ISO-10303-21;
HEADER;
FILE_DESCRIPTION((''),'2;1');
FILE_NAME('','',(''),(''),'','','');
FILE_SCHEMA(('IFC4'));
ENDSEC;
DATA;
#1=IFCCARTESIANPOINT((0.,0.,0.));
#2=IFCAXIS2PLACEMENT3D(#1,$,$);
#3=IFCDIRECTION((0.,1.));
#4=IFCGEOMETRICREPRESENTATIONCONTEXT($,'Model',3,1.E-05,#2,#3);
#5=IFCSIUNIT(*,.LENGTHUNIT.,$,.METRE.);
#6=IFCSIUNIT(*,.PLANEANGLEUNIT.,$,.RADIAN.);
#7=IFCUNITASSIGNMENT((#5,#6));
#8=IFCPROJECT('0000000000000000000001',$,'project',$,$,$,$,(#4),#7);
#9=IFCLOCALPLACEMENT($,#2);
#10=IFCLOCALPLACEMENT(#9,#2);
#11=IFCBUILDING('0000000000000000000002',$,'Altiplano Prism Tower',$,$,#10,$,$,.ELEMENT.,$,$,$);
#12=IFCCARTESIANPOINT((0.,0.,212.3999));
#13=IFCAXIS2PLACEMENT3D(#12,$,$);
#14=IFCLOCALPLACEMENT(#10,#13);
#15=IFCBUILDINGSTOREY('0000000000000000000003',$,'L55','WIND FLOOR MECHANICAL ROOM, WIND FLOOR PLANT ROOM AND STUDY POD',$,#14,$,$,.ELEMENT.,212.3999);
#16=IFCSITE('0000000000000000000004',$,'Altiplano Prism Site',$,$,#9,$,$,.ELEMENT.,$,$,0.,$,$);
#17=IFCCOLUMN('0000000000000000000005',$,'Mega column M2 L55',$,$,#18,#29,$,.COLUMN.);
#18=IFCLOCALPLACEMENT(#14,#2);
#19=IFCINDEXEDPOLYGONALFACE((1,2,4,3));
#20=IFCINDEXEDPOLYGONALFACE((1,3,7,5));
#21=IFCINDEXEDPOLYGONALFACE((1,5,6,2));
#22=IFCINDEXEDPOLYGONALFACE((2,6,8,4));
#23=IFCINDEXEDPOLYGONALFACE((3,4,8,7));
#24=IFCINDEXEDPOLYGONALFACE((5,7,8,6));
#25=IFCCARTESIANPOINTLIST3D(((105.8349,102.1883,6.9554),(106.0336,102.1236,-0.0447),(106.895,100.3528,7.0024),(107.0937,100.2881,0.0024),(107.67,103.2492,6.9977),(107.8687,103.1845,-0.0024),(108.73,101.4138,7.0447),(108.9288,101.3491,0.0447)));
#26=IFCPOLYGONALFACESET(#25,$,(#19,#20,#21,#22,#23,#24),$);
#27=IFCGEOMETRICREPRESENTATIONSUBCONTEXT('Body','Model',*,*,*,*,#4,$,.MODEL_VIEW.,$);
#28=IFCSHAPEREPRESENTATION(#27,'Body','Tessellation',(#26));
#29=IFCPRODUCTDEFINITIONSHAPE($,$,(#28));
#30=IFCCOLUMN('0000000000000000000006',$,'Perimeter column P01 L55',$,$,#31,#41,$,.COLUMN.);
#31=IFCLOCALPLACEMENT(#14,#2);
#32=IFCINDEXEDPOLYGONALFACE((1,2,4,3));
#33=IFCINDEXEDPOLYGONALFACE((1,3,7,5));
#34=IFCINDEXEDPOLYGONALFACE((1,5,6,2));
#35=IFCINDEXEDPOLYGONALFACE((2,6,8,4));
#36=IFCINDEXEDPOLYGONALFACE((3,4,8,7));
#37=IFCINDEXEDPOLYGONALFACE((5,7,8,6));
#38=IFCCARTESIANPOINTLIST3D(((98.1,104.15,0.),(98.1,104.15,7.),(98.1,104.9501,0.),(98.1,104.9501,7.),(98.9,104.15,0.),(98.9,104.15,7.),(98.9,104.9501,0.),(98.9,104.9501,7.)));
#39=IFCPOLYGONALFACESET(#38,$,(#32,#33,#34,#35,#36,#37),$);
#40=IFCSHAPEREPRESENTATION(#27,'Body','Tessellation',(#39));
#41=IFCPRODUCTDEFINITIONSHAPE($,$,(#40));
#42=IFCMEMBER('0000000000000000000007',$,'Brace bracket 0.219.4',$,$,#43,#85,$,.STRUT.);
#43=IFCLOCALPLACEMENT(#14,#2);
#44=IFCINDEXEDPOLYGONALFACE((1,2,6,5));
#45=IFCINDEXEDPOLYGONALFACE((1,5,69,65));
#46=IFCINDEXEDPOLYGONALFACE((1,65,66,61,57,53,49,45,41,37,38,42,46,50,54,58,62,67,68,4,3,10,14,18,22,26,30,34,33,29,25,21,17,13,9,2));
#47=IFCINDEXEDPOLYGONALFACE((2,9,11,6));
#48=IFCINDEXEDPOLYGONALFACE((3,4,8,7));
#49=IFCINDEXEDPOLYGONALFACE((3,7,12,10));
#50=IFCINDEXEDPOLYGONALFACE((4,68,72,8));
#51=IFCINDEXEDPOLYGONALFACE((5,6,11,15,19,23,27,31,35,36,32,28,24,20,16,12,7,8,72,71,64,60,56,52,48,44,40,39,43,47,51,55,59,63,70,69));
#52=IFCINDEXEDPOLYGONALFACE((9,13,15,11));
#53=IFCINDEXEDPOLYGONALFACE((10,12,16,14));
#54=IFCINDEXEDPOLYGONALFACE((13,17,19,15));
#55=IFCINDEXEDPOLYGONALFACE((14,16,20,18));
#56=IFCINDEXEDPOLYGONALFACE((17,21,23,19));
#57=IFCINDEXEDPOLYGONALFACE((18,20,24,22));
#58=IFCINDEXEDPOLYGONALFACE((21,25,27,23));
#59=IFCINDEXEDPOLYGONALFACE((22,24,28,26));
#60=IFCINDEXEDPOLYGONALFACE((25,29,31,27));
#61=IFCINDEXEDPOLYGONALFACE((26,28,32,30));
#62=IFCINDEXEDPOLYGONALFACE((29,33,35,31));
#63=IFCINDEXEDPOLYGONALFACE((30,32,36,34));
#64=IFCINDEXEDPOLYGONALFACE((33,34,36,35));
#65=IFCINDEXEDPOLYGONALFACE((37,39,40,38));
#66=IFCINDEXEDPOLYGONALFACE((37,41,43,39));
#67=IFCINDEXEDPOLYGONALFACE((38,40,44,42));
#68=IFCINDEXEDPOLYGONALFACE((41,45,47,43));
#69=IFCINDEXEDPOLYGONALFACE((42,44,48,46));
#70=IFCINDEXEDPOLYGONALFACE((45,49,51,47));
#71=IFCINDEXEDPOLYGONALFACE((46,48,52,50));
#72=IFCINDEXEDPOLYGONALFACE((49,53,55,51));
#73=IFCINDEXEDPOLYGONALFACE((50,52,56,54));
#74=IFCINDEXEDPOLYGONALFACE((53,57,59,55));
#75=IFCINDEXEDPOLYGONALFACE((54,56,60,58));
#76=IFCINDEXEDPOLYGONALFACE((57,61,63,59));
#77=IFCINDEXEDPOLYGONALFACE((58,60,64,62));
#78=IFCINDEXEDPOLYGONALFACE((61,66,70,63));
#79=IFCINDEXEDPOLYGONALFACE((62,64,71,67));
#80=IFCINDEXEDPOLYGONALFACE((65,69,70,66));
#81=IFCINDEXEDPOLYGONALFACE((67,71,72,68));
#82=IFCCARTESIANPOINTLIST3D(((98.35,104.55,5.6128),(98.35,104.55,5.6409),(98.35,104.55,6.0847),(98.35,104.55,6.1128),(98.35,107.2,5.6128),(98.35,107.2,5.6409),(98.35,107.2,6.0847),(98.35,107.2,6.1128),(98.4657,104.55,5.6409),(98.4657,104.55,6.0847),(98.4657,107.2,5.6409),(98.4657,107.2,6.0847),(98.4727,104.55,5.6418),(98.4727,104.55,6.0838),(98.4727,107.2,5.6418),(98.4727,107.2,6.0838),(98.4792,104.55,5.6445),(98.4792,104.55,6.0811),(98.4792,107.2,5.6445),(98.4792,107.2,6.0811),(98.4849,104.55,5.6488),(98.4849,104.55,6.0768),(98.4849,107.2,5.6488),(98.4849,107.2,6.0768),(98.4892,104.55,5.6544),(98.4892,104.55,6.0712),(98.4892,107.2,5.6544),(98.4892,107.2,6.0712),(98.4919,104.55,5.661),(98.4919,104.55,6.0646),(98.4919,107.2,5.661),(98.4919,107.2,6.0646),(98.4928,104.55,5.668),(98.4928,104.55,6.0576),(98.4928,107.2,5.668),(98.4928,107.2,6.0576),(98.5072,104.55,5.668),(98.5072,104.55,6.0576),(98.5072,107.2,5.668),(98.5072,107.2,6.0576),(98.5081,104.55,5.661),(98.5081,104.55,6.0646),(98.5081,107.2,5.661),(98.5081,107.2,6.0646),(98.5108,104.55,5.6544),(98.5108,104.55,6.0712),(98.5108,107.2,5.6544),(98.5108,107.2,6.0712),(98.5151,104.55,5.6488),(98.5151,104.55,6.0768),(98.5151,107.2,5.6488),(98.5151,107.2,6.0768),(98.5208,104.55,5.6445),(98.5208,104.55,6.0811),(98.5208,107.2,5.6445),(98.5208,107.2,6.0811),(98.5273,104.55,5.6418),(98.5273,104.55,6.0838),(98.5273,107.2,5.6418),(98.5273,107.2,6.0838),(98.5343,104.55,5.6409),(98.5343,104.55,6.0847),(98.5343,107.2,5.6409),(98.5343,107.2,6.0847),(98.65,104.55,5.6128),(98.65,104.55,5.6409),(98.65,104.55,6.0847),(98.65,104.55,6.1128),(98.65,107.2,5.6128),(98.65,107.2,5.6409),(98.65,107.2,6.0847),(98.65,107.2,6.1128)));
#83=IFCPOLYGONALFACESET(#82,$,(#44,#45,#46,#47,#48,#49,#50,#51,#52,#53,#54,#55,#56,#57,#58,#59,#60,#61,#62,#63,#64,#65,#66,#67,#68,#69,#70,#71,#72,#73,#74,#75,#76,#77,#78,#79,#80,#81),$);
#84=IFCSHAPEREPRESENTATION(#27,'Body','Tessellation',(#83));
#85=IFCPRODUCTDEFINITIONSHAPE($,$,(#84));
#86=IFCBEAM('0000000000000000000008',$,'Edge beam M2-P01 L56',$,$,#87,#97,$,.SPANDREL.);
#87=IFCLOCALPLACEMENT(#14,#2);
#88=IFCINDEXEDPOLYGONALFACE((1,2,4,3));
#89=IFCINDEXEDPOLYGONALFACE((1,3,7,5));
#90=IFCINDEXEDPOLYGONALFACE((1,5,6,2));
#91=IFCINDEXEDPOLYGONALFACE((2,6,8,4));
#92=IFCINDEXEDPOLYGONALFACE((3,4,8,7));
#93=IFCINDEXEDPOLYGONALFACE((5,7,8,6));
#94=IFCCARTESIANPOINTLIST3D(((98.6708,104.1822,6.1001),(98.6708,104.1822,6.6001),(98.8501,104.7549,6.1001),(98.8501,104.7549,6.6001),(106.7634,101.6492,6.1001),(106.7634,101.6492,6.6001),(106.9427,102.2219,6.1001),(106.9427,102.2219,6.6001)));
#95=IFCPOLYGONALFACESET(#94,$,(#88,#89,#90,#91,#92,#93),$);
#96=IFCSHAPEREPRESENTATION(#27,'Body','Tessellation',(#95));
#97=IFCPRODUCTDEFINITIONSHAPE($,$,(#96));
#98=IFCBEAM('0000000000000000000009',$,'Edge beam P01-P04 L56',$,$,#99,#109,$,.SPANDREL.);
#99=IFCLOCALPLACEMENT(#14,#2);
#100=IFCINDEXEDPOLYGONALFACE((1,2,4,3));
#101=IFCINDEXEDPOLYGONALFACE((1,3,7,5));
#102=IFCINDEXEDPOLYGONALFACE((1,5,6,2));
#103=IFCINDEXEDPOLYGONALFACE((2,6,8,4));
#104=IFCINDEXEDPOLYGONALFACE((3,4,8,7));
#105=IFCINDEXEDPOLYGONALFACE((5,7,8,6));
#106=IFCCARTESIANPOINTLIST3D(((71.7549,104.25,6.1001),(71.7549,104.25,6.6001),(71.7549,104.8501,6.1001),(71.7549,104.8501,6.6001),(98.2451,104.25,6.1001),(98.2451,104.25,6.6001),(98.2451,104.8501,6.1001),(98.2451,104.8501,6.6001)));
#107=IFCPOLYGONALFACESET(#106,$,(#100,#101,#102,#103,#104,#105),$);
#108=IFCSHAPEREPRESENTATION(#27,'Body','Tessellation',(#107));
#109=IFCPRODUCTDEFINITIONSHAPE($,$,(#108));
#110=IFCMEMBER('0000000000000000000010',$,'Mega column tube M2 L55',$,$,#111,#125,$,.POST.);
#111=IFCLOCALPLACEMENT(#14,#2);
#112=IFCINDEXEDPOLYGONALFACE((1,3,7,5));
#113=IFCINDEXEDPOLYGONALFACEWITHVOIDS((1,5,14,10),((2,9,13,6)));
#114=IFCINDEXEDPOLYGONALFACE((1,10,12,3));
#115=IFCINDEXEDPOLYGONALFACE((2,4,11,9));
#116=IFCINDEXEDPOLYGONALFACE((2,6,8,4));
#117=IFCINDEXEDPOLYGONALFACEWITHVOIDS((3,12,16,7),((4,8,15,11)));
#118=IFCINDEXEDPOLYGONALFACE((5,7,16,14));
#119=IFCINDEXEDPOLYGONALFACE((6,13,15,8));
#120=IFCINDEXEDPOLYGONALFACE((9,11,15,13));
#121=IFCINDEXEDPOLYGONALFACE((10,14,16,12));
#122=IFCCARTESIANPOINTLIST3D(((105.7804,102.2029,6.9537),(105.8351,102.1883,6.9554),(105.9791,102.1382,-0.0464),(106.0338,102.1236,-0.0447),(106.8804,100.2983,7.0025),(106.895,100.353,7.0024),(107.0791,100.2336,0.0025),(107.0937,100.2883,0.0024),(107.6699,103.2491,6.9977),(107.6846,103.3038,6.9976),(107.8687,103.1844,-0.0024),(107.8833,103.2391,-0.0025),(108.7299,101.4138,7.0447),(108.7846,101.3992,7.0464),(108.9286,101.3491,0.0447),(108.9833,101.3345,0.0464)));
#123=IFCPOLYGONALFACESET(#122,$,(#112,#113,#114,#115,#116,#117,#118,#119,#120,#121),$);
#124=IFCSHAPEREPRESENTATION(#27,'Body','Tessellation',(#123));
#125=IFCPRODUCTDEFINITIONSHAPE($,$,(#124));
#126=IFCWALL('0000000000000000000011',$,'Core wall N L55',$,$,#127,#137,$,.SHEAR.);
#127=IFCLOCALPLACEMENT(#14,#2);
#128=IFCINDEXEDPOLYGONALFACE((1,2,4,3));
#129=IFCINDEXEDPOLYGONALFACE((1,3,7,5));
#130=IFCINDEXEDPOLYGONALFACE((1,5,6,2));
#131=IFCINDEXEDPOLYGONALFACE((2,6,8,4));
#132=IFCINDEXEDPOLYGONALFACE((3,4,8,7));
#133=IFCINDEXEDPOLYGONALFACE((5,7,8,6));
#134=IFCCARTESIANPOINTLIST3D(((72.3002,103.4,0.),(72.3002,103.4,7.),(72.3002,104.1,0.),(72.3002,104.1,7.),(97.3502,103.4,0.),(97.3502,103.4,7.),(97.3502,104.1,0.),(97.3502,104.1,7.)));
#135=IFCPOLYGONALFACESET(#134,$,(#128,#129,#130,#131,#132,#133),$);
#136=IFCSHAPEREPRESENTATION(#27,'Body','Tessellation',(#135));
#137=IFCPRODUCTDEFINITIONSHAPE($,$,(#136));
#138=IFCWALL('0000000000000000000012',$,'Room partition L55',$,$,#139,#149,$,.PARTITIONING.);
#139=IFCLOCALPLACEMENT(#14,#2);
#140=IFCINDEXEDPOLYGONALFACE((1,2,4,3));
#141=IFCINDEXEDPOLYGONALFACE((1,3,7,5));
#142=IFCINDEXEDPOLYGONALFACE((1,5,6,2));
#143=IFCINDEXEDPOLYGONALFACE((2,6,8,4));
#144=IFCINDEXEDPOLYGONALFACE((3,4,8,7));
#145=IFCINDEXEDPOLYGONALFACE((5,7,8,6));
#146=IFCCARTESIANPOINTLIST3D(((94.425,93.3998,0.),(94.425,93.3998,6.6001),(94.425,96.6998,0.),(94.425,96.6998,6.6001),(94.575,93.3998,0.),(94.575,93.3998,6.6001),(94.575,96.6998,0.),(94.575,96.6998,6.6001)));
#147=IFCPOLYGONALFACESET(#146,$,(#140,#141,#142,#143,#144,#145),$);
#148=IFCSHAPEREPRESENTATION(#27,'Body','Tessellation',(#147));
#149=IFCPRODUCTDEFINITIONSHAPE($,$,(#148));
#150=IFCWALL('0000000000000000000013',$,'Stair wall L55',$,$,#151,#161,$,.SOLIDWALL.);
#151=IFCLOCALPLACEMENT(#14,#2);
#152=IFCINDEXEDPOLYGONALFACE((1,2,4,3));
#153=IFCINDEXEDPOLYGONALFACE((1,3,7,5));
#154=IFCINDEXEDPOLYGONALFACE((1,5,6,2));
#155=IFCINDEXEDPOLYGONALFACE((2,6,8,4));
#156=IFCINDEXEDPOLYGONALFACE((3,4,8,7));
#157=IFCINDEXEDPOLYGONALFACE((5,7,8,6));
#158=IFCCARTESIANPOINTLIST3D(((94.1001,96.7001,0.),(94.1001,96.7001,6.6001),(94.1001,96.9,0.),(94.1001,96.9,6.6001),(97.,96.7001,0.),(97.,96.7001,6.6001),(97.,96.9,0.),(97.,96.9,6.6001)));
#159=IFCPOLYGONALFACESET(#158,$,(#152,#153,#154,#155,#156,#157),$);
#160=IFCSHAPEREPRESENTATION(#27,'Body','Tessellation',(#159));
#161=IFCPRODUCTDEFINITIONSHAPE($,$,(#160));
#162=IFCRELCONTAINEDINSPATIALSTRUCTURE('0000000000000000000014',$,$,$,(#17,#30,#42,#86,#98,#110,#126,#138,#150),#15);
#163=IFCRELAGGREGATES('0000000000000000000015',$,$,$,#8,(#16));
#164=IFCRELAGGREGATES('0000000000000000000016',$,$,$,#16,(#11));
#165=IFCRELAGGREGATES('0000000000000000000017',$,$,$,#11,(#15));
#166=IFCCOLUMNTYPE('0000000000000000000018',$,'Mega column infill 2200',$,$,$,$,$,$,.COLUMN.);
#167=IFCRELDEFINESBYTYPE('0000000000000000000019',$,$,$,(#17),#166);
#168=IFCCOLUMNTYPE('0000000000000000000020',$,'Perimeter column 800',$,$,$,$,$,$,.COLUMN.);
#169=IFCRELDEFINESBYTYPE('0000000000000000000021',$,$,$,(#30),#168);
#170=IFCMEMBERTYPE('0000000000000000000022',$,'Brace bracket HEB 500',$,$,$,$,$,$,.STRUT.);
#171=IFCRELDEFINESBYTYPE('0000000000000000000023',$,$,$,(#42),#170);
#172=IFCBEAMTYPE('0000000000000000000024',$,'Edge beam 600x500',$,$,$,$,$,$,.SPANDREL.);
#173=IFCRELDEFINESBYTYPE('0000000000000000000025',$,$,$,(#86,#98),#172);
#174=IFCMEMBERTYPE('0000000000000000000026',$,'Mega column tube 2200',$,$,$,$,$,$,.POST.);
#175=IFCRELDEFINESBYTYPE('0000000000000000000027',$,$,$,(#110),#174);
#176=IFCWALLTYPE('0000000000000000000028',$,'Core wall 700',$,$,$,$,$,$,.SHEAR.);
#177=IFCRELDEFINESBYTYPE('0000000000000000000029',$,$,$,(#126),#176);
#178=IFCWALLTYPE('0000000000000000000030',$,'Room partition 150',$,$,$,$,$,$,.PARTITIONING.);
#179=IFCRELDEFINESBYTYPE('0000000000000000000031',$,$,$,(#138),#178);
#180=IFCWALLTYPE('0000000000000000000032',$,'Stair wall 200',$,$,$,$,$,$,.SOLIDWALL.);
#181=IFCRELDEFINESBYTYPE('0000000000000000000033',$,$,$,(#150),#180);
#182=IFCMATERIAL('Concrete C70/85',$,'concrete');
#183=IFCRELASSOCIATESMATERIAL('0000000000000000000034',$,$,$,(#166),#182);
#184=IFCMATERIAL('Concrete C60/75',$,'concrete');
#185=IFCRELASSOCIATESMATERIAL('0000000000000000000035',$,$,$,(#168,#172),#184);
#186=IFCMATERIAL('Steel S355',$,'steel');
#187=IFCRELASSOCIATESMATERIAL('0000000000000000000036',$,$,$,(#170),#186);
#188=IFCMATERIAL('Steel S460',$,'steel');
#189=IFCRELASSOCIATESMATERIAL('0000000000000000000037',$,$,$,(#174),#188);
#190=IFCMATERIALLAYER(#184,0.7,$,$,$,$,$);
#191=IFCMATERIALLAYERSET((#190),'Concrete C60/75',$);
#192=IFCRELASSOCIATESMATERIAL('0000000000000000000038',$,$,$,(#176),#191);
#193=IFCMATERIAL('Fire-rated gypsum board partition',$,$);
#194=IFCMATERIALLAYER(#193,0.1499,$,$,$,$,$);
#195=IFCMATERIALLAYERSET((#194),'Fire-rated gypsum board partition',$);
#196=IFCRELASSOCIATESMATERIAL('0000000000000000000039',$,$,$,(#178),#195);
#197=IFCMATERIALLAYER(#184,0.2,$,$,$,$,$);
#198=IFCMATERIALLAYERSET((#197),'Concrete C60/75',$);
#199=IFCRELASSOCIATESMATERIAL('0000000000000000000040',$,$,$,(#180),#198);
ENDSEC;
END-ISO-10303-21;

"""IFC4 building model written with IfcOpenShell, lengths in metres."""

from ifc_helpers import new_model, si_unit, direction, frame, frame_2d, origin, origin_2d, place, context, subcontext, project, spatial, rectangle, hollow_rectangle, i_section, extrude, material, layer, layer_set, material_profile, profile_set, type_object, element, save


model = new_model("IFC4")

# Units and contexts
model_context = context("Model", 3, precision=1e-05, world=origin(), true_north=direction((0.0, 1.0)))
body_context = subcontext(model_context, "Body", "Model", "MODEL_VIEW")
ifc_project = project(units=[si_unit("LENGTHUNIT", "METRE"), si_unit("PLANEANGLEUNIT", "RADIAN")], contexts=[model_context])

# Site, building, storey
site_placement = place(None, origin())
site = spatial("IfcSite", under=ifc_project, at=site_placement, Name="Altiplano Prism Site", CompositionType="ELEMENT", RefElevation=0.0)
building_placement = place(site_placement, origin())
building = spatial("IfcBuilding", under=site, at=building_placement, Name="Altiplano Prism Tower", CompositionType="ELEMENT")
storey_placement = place(building_placement, frame((0.0, 0.0, 212.3999)))
storey = spatial("IfcBuildingStorey", under=building, at=storey_placement, Name="L55", Description="WIND FLOOR MECHANICAL ROOM, WIND FLOOR PLANT ROOM AND STUDY POD", CompositionType="ELEMENT", Elevation=212.3999)

# Columns
ifc_material_1 = material(Name="Concrete C70/85", Category="concrete")
ifc_material_profile_1 = material_profile(ifc_material_1, rectangle(XDim=2.1201, YDim=2.1201, at=origin_2d()), Name="Mega column infill 2200")
ifc_profile_set_1 = profile_set([ifc_material_profile_1], Name="Concrete C70/85")
column_type_1 = type_object("IfcColumnType", Name="Mega column infill 2200", PredefinedType="COLUMN", material=ifc_profile_set_1)
column_1_placement = place(storey_placement, frame((107.4812, 101.7363, 0.0), z_axis=(-0.028377, 0.009238, 0.999555), x_axis=(0.500001, -0.86574, 0.022197)))
element("IfcColumn", 1, at=column_1_placement, inside=storey, type_object=column_type_1, Name="Mega column M2 L55", PredefinedType="COLUMN", context=body_context, shape_type="SweptSolid", body=[
    extrude(rectangle(XDim=2.1201, YDim=2.1201, at=origin_2d()), origin(), (0.0, 0.0, 1.0), 7.0032),
])
ifc_material_2 = material(Name="Concrete C60/75", Category="concrete")
ifc_material_profile_2 = material_profile(ifc_material_2, rectangle(XDim=0.8, YDim=0.8, at=origin_2d()), Name="Perimeter column 800")
ifc_profile_set_2 = profile_set([ifc_material_profile_2], Name="Concrete C60/75")
column_type_2 = type_object("IfcColumnType", Name="Perimeter column 800", PredefinedType="COLUMN", material=ifc_profile_set_2)
column_2_placement = place(storey_placement, frame((98.5, 104.55, 0.0), z_axis=(0.0, 0.0, 1.0), x_axis=(1.0, 0.0, 0.0)))
element("IfcColumn", 2, at=column_2_placement, inside=storey, type_object=column_type_2, Name="Perimeter column P01 L55", PredefinedType="COLUMN", context=body_context, shape_type="SweptSolid", body=[
    extrude(rectangle(XDim=0.8, YDim=0.8, at=origin_2d()), origin(), (0.0, 0.0, 1.0), 7.0),
])

# Member
ifc_material_3 = material(Name="Steel S355", Category="steel")
ifc_material_profile_3 = material_profile(ifc_material_3, i_section(OverallWidth=0.3, OverallDepth=0.5, WebThickness=0.0144, FlangeThickness=0.0281, FilletRadius=0.0271, at=origin_2d()), Name="Brace bracket HEB 500")
ifc_profile_set_3 = profile_set([ifc_material_profile_3], Name="Steel S355")
member_type_1 = type_object("IfcMemberType", Name="Brace bracket HEB 500", PredefinedType="STRUT", material=ifc_profile_set_3)
member_1_placement = place(storey_placement, frame((98.5, 104.55, 5.8628), z_axis=(0.0, 1.0, 0.0), x_axis=(-1.0, 0.0, 0.0)))
element("IfcMember", 3, at=member_1_placement, inside=storey, type_object=member_type_1, Name="Brace bracket 0.219.4", PredefinedType="STRUT", context=body_context, shape_type="SweptSolid", body=[
    extrude(i_section(OverallWidth=0.3, OverallDepth=0.5, WebThickness=0.0144, FlangeThickness=0.0281, FilletRadius=0.0271, at=origin_2d()), origin(), (0.0, 0.0, 1.0), 2.6499),
])

# Beams
ifc_material_profile_4 = material_profile(ifc_material_2, rectangle(XDim=0.6001, YDim=0.5, at=origin_2d()), Name="Edge beam 600x500")
ifc_profile_set_4 = profile_set([ifc_material_profile_4], Name="Concrete C60/75")
beam_type = type_object("IfcBeamType", Name="Edge beam 600x500", PredefinedType="SPANDREL", material=ifc_profile_set_4)
beam_1_placement = place(storey_placement, frame((106.853, 101.9355, 6.3501), z_axis=(-0.954344, 0.298709, 0.0), x_axis=(-0.298709, -0.954344, 0.0)))
element("IfcBeam", 4, at=beam_1_placement, inside=storey, type_object=beam_type, Name="Edge beam M2-P01 L56", PredefinedType="SPANDREL", context=body_context, shape_type="SweptSolid", body=[
    extrude(rectangle(XDim=0.6001, YDim=0.5, at=origin_2d()), origin(), (0.0, 0.0, 1.0), 8.4797),
])
beam_2_placement = place(storey_placement, frame((98.2451, 104.55, 6.3501), z_axis=(-1.0, 0.0, 0.0), x_axis=(0.0, -1.0, 0.0)))
element("IfcBeam", 5, at=beam_2_placement, inside=storey, type_object=beam_type, Name="Edge beam P01-P04 L56", PredefinedType="SPANDREL", context=body_context, shape_type="SweptSolid", body=[
    extrude(rectangle(XDim=0.6001, YDim=0.5, at=origin_2d()), origin(), (0.0, 0.0, 1.0), 26.4902),
])

# Member
ifc_material_4 = material(Name="Steel S460", Category="steel")
ifc_material_profile_5 = material_profile(ifc_material_4, hollow_rectangle(XDim=2.2, YDim=2.2, WallThickness=0.04, at=origin_2d()), Name="Mega column tube 2200")
ifc_profile_set_5 = profile_set([ifc_material_profile_5], Name="Steel S460")
member_type_2 = type_object("IfcMemberType", Name="Mega column tube 2200", PredefinedType="POST", material=ifc_profile_set_5)
member_2_placement = place(storey_placement, frame((107.4812, 101.7363, 0.0), z_axis=(-0.028377, 0.009238, 0.999555), x_axis=(0.500001, -0.86574, 0.022197)))
element("IfcMember", 6, at=member_2_placement, inside=storey, type_object=member_type_2, Name="Mega column tube M2 L55", PredefinedType="POST", context=body_context, shape_type="SweptSolid", body=[
    extrude(hollow_rectangle(XDim=2.2, YDim=2.2, WallThickness=0.04, at=origin_2d()), origin(), (0.0, 0.0, 1.0), 7.0032),
])

# Walls
ifc_layer_1 = layer(ifc_material_2, 0.7)
ifc_layer_set_1 = layer_set([ifc_layer_1], Name="Concrete C60/75")
wall_type_1 = type_object("IfcWallType", Name="Core wall 700", PredefinedType="SHEAR", material=ifc_layer_set_1)
wall_1_placement = place(storey_placement, frame((97.3501, 103.75, 0.0), z_axis=(0.0, 0.0, 1.0), x_axis=(-1.0, 0.0, 0.0)))
element("IfcWall", 7, at=wall_1_placement, inside=storey, type_object=wall_type_1, Name="Core wall N L55", PredefinedType="SHEAR", context=body_context, shape_type="SweptSolid", body=[
    extrude(rectangle(XDim=25.05, YDim=0.7, at=frame_2d((12.5249, 0.0))), origin(), (0.0, 0.0, 1.0), 7.0),
])
ifc_material_5 = material(Name="Fire-rated gypsum board partition")
ifc_layer_2 = layer(ifc_material_5, 0.1499)
ifc_layer_set_2 = layer_set([ifc_layer_2], Name="Fire-rated gypsum board partition")
wall_type_2 = type_object("IfcWallType", Name="Room partition 150", PredefinedType="PARTITIONING", material=ifc_layer_set_2)
wall_2_placement = place(storey_placement, frame((94.5, 93.3999, 0.0), z_axis=(0.0, 0.0, 1.0), x_axis=(0.0, 1.0, 0.0)))
element("IfcWall", 8, at=wall_2_placement, inside=storey, type_object=wall_type_2, Name="Room partition L55", PredefinedType="PARTITIONING", context=body_context, shape_type="SweptSolid", body=[
    extrude(rectangle(XDim=3.3, YDim=0.1499, at=frame_2d((1.6499, 0.0))), origin(), (0.0, 0.0, 1.0), 6.6001),
])
ifc_layer_3 = layer(ifc_material_2, 0.2)
ifc_layer_set_3 = layer_set([ifc_layer_3], Name="Concrete C60/75")
wall_type_3 = type_object("IfcWallType", Name="Stair wall 200", PredefinedType="SOLIDWALL", material=ifc_layer_set_3)
wall_3_placement = place(storey_placement, frame((94.1001, 96.8, 0.0), z_axis=(0.0, 0.0, 1.0), x_axis=(1.0, 0.0, 0.0)))
element("IfcWall", 9, at=wall_3_placement, inside=storey, type_object=wall_type_3, Name="Stair wall L55", PredefinedType="SOLIDWALL", context=body_context, shape_type="SweptSolid", body=[
    extrude(rectangle(XDim=2.8999, YDim=0.2, at=frame_2d((1.45, 0.0))), origin(), (0.0, 0.0, 1.0), 6.6001),
])

save(model, "model.ifc")
